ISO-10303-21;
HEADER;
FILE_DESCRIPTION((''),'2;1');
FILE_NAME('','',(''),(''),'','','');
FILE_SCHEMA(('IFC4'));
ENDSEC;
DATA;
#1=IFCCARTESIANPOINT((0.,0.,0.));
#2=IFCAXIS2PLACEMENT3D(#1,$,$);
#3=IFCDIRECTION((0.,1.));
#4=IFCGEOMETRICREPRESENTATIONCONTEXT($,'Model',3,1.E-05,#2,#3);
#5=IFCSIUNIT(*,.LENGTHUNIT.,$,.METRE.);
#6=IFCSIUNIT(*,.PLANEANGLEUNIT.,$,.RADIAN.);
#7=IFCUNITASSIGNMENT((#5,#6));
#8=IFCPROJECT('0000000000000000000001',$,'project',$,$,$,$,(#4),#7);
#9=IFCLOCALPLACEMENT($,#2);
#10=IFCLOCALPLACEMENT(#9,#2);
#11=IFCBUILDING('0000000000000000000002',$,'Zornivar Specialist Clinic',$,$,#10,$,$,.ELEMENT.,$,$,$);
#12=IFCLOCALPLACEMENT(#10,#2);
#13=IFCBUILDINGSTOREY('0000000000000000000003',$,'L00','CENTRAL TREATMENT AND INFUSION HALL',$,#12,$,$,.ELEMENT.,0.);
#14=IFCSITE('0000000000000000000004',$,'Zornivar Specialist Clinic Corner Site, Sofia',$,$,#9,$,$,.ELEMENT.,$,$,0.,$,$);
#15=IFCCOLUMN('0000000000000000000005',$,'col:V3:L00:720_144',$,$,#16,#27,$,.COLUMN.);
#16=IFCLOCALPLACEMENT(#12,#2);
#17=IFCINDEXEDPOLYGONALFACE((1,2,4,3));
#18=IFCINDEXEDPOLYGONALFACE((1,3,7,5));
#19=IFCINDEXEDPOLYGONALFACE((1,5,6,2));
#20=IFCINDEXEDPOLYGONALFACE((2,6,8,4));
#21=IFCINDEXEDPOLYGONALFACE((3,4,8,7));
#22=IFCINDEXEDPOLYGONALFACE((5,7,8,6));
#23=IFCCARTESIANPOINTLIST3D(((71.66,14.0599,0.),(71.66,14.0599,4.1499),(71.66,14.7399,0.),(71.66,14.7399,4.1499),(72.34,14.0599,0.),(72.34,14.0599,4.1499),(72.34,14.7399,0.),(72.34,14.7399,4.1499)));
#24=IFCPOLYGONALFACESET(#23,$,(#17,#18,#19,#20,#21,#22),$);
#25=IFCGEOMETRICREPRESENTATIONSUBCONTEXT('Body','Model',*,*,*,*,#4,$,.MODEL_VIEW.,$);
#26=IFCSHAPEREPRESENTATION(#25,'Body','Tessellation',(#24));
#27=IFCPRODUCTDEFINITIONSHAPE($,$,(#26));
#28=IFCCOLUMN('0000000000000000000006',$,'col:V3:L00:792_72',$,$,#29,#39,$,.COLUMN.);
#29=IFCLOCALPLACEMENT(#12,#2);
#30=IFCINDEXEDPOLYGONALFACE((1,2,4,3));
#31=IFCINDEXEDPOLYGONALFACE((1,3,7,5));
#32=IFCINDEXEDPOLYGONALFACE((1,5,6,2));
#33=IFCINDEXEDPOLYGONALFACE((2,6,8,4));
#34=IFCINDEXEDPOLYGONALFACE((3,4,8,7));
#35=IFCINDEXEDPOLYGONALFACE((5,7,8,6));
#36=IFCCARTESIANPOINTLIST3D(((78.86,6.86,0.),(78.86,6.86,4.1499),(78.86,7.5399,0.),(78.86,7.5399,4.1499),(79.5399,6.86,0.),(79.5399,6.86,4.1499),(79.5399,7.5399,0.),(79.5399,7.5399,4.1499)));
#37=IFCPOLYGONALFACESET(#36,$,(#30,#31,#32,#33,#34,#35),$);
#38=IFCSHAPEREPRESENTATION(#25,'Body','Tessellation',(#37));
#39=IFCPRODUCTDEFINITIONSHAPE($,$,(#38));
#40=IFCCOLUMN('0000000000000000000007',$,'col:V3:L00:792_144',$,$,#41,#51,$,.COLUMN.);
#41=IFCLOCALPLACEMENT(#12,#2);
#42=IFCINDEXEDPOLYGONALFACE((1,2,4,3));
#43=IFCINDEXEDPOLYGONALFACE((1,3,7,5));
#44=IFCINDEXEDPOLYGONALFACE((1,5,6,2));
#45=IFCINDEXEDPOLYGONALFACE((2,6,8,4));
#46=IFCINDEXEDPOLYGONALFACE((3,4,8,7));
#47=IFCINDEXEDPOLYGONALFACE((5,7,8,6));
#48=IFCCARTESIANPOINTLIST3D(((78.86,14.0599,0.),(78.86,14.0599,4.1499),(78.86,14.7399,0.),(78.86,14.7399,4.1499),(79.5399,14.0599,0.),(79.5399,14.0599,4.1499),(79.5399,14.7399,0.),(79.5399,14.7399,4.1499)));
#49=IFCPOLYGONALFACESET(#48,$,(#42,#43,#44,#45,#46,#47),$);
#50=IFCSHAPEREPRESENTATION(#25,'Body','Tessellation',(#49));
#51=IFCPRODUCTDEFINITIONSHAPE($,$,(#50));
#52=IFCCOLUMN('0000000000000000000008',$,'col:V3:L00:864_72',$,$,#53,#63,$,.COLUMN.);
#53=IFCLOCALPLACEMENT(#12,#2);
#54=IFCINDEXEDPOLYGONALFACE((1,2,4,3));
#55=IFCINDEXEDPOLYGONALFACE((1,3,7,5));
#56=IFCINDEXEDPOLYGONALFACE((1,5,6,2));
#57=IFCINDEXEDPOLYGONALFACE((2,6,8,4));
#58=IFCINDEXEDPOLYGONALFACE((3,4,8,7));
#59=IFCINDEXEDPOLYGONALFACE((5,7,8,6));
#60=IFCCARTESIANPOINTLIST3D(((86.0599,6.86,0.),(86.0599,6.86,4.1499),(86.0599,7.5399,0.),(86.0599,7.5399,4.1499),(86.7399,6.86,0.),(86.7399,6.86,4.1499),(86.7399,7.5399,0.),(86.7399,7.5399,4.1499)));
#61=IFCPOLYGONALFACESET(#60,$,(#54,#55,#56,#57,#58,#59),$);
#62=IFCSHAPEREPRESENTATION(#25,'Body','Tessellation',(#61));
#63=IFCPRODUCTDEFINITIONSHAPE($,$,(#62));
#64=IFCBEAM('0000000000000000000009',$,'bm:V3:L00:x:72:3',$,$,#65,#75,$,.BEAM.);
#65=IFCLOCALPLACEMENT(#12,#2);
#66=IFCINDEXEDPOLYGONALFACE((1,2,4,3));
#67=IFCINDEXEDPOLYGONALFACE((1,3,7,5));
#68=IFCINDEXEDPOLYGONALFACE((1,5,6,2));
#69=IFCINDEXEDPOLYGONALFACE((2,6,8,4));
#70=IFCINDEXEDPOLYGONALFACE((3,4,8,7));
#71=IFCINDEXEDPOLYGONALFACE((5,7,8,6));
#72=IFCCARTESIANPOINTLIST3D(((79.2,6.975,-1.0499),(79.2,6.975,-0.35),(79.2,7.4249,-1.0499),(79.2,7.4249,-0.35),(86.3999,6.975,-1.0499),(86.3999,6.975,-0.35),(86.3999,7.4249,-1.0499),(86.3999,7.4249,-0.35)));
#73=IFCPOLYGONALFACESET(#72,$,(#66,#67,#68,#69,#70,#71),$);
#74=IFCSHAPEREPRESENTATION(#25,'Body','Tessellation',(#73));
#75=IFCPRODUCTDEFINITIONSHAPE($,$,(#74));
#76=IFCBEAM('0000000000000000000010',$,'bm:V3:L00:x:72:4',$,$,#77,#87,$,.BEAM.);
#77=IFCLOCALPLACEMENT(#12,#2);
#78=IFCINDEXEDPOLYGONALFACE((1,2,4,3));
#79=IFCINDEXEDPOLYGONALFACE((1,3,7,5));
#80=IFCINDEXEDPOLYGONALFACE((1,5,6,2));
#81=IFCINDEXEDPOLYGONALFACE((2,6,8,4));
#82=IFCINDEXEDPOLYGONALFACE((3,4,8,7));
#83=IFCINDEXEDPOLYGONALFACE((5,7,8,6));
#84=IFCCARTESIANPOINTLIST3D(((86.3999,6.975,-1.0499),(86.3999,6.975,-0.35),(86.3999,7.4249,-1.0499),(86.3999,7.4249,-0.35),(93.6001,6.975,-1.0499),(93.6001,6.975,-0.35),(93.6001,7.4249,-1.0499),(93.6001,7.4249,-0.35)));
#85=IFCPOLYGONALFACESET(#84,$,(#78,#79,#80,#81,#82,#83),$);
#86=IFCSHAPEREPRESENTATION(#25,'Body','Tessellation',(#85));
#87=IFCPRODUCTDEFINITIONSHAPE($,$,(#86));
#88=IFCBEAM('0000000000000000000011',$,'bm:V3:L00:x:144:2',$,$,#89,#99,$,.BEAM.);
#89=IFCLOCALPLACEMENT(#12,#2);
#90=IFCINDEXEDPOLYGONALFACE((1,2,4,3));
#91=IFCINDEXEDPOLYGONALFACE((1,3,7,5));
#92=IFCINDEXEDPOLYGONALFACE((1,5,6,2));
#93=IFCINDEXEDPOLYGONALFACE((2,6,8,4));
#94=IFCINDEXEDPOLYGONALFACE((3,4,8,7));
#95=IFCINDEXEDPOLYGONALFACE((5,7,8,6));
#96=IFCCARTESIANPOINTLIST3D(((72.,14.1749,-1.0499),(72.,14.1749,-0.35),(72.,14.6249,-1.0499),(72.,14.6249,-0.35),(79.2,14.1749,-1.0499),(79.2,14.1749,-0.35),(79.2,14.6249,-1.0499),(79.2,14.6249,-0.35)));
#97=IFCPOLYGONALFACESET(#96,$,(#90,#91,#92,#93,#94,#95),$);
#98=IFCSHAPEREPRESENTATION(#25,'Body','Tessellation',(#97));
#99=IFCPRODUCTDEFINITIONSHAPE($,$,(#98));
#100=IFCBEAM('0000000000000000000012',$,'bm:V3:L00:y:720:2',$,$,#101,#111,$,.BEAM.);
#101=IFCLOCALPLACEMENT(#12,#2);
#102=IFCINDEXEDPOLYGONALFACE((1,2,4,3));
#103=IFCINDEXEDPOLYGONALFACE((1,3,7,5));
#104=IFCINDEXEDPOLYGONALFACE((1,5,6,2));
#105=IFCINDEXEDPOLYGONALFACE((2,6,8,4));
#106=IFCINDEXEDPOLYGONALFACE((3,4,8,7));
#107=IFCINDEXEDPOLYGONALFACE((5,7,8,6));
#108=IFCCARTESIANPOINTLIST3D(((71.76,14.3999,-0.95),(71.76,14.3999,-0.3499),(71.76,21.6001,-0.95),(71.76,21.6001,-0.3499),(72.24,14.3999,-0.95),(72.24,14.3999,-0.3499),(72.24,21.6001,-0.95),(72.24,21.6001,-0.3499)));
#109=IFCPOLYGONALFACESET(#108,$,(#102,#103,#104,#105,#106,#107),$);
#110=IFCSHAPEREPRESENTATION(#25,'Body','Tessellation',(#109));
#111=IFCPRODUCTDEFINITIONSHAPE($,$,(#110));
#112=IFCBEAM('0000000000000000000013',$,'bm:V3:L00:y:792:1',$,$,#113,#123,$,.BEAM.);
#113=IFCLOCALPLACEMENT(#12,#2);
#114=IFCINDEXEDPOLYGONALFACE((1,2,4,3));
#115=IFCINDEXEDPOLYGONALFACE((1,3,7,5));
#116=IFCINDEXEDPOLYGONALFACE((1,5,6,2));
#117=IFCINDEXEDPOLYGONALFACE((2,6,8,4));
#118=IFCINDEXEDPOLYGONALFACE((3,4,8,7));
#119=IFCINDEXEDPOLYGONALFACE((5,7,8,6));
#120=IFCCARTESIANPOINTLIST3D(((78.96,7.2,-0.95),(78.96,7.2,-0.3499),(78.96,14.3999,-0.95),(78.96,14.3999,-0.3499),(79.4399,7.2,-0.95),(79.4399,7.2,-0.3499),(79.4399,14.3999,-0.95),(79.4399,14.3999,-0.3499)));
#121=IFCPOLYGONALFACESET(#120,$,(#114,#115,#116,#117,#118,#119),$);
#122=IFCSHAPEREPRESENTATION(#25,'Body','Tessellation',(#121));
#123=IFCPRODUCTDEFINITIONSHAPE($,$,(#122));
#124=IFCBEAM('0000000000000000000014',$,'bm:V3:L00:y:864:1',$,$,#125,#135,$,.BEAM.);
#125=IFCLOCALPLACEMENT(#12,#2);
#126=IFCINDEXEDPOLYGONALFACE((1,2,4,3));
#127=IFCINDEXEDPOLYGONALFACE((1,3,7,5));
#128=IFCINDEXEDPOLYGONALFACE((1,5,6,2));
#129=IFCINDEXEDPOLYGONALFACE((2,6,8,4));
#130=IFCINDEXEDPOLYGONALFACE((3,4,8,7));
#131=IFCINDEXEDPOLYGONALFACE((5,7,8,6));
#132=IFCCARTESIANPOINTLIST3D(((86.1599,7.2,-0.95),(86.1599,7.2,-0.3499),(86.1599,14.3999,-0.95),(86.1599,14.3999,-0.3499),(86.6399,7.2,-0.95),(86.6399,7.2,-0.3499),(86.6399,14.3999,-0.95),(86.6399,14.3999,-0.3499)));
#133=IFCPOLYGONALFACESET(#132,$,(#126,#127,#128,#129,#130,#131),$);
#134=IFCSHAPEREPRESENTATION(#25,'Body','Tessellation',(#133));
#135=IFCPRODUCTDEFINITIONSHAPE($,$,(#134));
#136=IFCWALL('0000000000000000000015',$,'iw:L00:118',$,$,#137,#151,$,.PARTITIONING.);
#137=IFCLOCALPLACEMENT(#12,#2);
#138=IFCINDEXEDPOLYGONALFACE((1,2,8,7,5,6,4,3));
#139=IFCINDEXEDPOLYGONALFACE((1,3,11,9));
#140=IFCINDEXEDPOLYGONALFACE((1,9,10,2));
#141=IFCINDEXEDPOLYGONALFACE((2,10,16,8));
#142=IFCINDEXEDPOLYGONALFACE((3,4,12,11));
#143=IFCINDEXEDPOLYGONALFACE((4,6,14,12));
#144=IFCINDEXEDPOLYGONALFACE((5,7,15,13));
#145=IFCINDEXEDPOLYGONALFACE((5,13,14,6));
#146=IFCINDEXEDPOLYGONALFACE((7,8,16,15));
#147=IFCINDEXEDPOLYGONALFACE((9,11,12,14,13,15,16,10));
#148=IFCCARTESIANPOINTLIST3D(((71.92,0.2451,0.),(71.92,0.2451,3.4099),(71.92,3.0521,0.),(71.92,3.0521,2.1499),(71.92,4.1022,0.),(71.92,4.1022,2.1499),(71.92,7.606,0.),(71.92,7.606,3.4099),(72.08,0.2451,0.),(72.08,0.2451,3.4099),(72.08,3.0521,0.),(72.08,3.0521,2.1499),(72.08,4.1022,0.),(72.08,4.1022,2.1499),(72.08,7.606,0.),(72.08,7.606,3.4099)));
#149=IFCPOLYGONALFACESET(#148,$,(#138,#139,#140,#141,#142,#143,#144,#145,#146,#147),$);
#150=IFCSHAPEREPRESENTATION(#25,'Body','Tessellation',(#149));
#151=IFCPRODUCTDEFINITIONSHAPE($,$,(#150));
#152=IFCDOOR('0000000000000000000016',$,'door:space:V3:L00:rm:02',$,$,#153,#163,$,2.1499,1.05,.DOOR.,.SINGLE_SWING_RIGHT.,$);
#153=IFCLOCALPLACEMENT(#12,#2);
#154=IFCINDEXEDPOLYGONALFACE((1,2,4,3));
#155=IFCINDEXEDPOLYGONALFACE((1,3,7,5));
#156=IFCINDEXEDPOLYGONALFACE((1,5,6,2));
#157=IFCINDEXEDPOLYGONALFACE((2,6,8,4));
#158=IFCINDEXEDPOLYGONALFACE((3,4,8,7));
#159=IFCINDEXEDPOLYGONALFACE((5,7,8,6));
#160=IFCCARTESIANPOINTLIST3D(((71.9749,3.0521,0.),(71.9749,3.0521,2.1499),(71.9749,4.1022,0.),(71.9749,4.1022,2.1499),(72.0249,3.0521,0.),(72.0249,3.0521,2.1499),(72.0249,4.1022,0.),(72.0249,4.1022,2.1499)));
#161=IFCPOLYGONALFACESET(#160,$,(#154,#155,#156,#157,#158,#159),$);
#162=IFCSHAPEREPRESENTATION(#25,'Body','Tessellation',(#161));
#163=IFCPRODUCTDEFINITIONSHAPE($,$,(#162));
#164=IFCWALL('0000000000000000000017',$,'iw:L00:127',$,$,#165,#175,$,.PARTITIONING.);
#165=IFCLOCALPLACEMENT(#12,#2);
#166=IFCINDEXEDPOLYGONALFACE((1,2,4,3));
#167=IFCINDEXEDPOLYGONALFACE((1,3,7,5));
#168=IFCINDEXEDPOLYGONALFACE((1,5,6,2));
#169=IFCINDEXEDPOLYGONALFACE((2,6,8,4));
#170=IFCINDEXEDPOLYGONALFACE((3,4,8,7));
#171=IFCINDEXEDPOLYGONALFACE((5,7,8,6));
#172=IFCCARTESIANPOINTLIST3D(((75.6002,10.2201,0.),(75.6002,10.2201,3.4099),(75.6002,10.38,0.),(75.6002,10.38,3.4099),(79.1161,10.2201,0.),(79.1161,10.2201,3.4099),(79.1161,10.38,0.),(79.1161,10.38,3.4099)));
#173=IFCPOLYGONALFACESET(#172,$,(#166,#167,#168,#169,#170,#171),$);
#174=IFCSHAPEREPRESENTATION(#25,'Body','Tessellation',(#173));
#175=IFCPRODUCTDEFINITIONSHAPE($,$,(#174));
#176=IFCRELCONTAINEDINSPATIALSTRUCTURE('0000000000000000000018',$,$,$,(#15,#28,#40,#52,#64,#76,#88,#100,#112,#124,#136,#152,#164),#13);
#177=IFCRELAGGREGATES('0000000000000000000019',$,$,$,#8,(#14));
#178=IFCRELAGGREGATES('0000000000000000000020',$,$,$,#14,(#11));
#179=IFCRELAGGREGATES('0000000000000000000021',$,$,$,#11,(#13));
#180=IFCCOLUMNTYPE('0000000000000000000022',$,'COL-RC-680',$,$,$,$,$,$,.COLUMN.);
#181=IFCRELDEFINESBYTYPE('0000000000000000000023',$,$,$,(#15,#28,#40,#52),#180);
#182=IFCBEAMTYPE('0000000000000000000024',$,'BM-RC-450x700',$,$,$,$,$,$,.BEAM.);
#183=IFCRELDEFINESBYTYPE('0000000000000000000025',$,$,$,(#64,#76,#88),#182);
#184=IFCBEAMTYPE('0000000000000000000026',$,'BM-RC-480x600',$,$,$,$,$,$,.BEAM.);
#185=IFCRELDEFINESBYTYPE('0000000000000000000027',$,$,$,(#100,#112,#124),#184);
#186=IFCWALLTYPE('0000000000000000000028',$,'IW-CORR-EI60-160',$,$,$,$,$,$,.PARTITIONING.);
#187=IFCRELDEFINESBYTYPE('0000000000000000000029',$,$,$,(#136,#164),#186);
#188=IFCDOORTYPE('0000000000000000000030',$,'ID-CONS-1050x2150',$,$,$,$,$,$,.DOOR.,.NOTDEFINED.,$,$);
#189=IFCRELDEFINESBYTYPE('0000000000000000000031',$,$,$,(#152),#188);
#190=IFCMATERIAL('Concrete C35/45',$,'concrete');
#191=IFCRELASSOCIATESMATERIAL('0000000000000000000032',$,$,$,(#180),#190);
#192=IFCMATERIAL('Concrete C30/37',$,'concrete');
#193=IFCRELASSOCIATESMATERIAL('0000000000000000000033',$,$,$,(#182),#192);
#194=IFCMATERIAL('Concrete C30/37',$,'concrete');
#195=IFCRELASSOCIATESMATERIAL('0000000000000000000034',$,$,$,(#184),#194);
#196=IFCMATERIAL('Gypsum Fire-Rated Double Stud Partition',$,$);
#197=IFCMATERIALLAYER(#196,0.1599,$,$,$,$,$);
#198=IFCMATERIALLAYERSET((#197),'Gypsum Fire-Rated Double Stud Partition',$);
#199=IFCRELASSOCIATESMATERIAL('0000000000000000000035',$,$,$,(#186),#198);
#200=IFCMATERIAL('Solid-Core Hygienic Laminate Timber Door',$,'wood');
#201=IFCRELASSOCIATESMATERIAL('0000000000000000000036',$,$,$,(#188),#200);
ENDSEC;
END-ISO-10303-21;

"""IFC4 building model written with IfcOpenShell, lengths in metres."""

from ifc_helpers import new_model, si_unit, direction, frame, frame_2d, origin, origin_2d, place, context, subcontext, project, spatial, rectangle, extrude, material, layer, layer_set, material_profile, profile_set, type_object, element, fill, save


model = new_model("IFC4")

# Units and contexts
model_context = context("Model", 3, precision=1e-05, world=origin(), true_north=direction((0.0, 1.0)))
body_context = subcontext(model_context, "Body", "Model", "MODEL_VIEW")
ifc_project = project(units=[si_unit("LENGTHUNIT", "METRE"), si_unit("PLANEANGLEUNIT", "RADIAN")], contexts=[model_context])

# Site, building, storey
site_placement = place(None, origin())
site = spatial("IfcSite", under=ifc_project, at=site_placement, Name="Zornivar Specialist Clinic Corner Site, Sofia", CompositionType="ELEMENT", RefElevation=0.0)
building_placement = place(site_placement, origin())
building = spatial("IfcBuilding", under=site, at=building_placement, Name="Zornivar Specialist Clinic", CompositionType="ELEMENT")
storey_placement = place(building_placement, origin())
storey = spatial("IfcBuildingStorey", under=building, at=storey_placement, Name="L00", Description="CENTRAL TREATMENT AND INFUSION HALL", CompositionType="ELEMENT", Elevation=0.0)

# Columns
ifc_material_1 = material(Name="Concrete C35/45", Category="concrete")
ifc_material_profile_1 = material_profile(ifc_material_1, rectangle(XDim=0.6799, YDim=0.6799, at=origin_2d()), Name="RC 680x680")
ifc_profile_set_1 = profile_set([ifc_material_profile_1], Name="Concrete C35/45")
column_type = type_object("IfcColumnType", Name="COL-RC-680", PredefinedType="COLUMN", material=ifc_profile_set_1)
for number, where, z_axis, x_axis, name in (
    (1, (72.0, 14.3999, 0.0), (0.0, 0.0, 1.0), (1.0, 0.0, 0.0), "col:V3:L00:720_144"),
    (2, (79.2, 7.2, 0.0), (0.0, 0.0, 1.0), (1.0, 0.0, 0.0), "col:V3:L00:792_72"),
    (3, (79.2, 14.3999, 0.0), (0.0, 0.0, 1.0), (1.0, 0.0, 0.0), "col:V3:L00:792_144"),
    (4, (86.3999, 7.2, 0.0), (0.0, 0.0, 1.0), (1.0, 0.0, 0.0), "col:V3:L00:864_72"),
):
    element("IfcColumn", number, at=place(storey_placement, frame(where, z_axis=z_axis, x_axis=x_axis)), inside=storey, type_object=column_type, Name=name, PredefinedType="COLUMN", context=body_context, shape_type="SweptSolid", body=[
        extrude(rectangle(XDim=0.6799, YDim=0.6799, at=origin_2d()), origin(), (0.0, 0.0, 1.0), 4.1499),
    ])

# Beams
ifc_material_2 = material(Name="Concrete C30/37", Category="concrete")
ifc_material_profile_2 = material_profile(ifc_material_2, rectangle(XDim=0.45, YDim=0.7, at=origin_2d()), Name="RC 450x700")
ifc_profile_set_2 = profile_set([ifc_material_profile_2], Name="Concrete C30/37")
beam_type_1 = type_object("IfcBeamType", Name="BM-RC-450x700", PredefinedType="BEAM", material=ifc_profile_set_2)
beam_1_placement = place(storey_placement, frame((79.2, 7.2, -0.7), z_axis=(1.0, 0.0, 0.0), x_axis=(0.0, 1.0, 0.0)))
element("IfcBeam", 5, at=beam_1_placement, inside=storey, type_object=beam_type_1, Name="bm:V3:L00:x:72:3", PredefinedType="BEAM", context=body_context, shape_type="SweptSolid", body=[
    extrude(rectangle(XDim=0.45, YDim=0.7, at=origin_2d()), origin(), (0.0, 0.0, 1.0), 7.2),
])
beam_2_placement = place(storey_placement, frame((86.3999, 7.2, -0.7), z_axis=(1.0, 0.0, 0.0), x_axis=(0.0, 1.0, 0.0)))
element("IfcBeam", 6, at=beam_2_placement, inside=storey, type_object=beam_type_1, Name="bm:V3:L00:x:72:4", PredefinedType="BEAM", context=body_context, shape_type="SweptSolid", body=[
    extrude(rectangle(XDim=0.45, YDim=0.7, at=origin_2d()), origin(), (0.0, 0.0, 1.0), 7.2002),
])
beam_3_placement = place(storey_placement, frame((72.0, 14.3999, -0.7), z_axis=(1.0, 0.0, 0.0), x_axis=(0.0, 1.0, 0.0)))
element("IfcBeam", 7, at=beam_3_placement, inside=storey, type_object=beam_type_1, Name="bm:V3:L00:x:144:2", PredefinedType="BEAM", context=body_context, shape_type="SweptSolid", body=[
    extrude(rectangle(XDim=0.45, YDim=0.7, at=origin_2d()), origin(), (0.0, 0.0, 1.0), 7.2),
])
ifc_material_3 = material(Name="Concrete C30/37", Category="concrete")
ifc_material_profile_3 = material_profile(ifc_material_3, rectangle(XDim=0.48, YDim=0.6001, at=origin_2d()), Name="RC 480x600")
ifc_profile_set_3 = profile_set([ifc_material_profile_3], Name="Concrete C30/37")
beam_type_2 = type_object("IfcBeamType", Name="BM-RC-480x600", PredefinedType="BEAM", material=ifc_profile_set_3)
beam_4_placement = place(storey_placement, frame((72.0, 14.3999, -0.6499), z_axis=(0.0, 1.0, 0.0), x_axis=(-1.0, 0.0, 0.0)))
element("IfcBeam", 8, at=beam_4_placement, inside=storey, type_object=beam_type_2, Name="bm:V3:L00:y:720:2", PredefinedType="BEAM", context=body_context, shape_type="SweptSolid", body=[
    extrude(rectangle(XDim=0.48, YDim=0.6001, at=origin_2d()), origin(), (0.0, 0.0, 1.0), 7.2002),
])
for number, where, z_axis, x_axis, name in (
    (9, (79.2, 7.2, -0.6499), (0.0, 1.0, 0.0), (-1.0, 0.0, 0.0), "bm:V3:L00:y:792:1"),
    (10, (86.3999, 7.2, -0.6499), (0.0, 1.0, 0.0), (-1.0, 0.0, 0.0), "bm:V3:L00:y:864:1"),
):
    element("IfcBeam", number, at=place(storey_placement, frame(where, z_axis=z_axis, x_axis=x_axis)), inside=storey, type_object=beam_type_2, Name=name, PredefinedType="BEAM", context=body_context, shape_type="SweptSolid", body=[
        extrude(rectangle(XDim=0.48, YDim=0.6001, at=origin_2d()), origin(), (0.0, 0.0, 1.0), 7.2),
    ])

# Wall, opening, door
ifc_material_4 = material(Name="Gypsum Fire-Rated Double Stud Partition")
ifc_layer_1 = layer(ifc_material_4, 0.1599)
ifc_layer_set_1 = layer_set([ifc_layer_1], Name="Gypsum Fire-Rated Double Stud Partition")
wall_type_1 = type_object("IfcWallType", Name="IW-CORR-EI60-160", PredefinedType="PARTITIONING", material=ifc_layer_set_1)
wall_1_placement = place(storey_placement, frame((72.0, 7.606, 0.0), z_axis=(0.0, 0.0, 1.0), x_axis=(0.0, -1.0, 0.0)))
wall_1 = element("IfcWall", 11, at=wall_1_placement, inside=storey, type_object=wall_type_1, Name="iw:L00:118", PredefinedType="PARTITIONING", context=body_context, shape_type="SweptSolid", body=[
    extrude(rectangle(XDim=7.3608, YDim=0.1599, at=frame_2d((3.6804, 0.0))), origin(), (0.0, 0.0, 1.0), 3.4099),
])
opening_1_placement = place(wall_1_placement, frame((3.5039, 0.0, 0.0)))
opening_1 = element("IfcOpeningElement", 12, at=opening_1_placement, cuts=wall_1, PredefinedType="OPENING", context=body_context, shape_type="SweptSolid", body=[
    extrude(rectangle(XDim=1.05, YDim=2.1499, at=frame_2d((0.5249, 1.075))), frame((0.0, 0.0898, 0.0), z_axis=(0.0, -1.0, 0.0), x_axis=(1.0, 0.0, 0.0)), (0.0, 0.0, 1.0), 0.1799),
])
ifc_material_5 = material(Name="Solid-Core Hygienic Laminate Timber Door", Category="wood")
door_type_1 = type_object("IfcDoorType", Name="ID-CONS-1050x2150", OperationType="NOTDEFINED", PredefinedType="DOOR", material=ifc_material_5)
door_1_placement = place(opening_1_placement, origin())
door_1 = element("IfcDoor", 13, at=door_1_placement, inside=storey, type_object=door_type_1, Name="door:space:V3:L00:rm:02", OperationType="SINGLE_SWING_RIGHT", OverallHeight=2.1499, OverallWidth=1.05, PredefinedType="DOOR", context=body_context, shape_type="SweptSolid", body=[
    extrude(rectangle(XDim=1.05, YDim=2.1499, at=frame_2d((0.5249, 1.075))), frame((0.0, 0.0249, 0.0), z_axis=(0.0, -1.0, 0.0), x_axis=(1.0, 0.0, 0.0)), (0.0, 0.0, 1.0), 0.05),
])
fill(opening_1, door_1)

# Wall
wall_2_placement = place(storey_placement, frame((79.116, 10.3, 0.0), z_axis=(0.0, 0.0, 1.0), x_axis=(-1.0, 0.0, 0.0)))
element("IfcWall", 14, at=wall_2_placement, inside=storey, type_object=wall_type_1, Name="iw:L00:127", PredefinedType="PARTITIONING", context=body_context, shape_type="SweptSolid", body=[
    extrude(rectangle(XDim=3.5159, YDim=0.1599, at=frame_2d((1.7578, 0.0))), origin(), (0.0, 0.0, 1.0), 3.4099),
])

save(model, "model.ifc")
